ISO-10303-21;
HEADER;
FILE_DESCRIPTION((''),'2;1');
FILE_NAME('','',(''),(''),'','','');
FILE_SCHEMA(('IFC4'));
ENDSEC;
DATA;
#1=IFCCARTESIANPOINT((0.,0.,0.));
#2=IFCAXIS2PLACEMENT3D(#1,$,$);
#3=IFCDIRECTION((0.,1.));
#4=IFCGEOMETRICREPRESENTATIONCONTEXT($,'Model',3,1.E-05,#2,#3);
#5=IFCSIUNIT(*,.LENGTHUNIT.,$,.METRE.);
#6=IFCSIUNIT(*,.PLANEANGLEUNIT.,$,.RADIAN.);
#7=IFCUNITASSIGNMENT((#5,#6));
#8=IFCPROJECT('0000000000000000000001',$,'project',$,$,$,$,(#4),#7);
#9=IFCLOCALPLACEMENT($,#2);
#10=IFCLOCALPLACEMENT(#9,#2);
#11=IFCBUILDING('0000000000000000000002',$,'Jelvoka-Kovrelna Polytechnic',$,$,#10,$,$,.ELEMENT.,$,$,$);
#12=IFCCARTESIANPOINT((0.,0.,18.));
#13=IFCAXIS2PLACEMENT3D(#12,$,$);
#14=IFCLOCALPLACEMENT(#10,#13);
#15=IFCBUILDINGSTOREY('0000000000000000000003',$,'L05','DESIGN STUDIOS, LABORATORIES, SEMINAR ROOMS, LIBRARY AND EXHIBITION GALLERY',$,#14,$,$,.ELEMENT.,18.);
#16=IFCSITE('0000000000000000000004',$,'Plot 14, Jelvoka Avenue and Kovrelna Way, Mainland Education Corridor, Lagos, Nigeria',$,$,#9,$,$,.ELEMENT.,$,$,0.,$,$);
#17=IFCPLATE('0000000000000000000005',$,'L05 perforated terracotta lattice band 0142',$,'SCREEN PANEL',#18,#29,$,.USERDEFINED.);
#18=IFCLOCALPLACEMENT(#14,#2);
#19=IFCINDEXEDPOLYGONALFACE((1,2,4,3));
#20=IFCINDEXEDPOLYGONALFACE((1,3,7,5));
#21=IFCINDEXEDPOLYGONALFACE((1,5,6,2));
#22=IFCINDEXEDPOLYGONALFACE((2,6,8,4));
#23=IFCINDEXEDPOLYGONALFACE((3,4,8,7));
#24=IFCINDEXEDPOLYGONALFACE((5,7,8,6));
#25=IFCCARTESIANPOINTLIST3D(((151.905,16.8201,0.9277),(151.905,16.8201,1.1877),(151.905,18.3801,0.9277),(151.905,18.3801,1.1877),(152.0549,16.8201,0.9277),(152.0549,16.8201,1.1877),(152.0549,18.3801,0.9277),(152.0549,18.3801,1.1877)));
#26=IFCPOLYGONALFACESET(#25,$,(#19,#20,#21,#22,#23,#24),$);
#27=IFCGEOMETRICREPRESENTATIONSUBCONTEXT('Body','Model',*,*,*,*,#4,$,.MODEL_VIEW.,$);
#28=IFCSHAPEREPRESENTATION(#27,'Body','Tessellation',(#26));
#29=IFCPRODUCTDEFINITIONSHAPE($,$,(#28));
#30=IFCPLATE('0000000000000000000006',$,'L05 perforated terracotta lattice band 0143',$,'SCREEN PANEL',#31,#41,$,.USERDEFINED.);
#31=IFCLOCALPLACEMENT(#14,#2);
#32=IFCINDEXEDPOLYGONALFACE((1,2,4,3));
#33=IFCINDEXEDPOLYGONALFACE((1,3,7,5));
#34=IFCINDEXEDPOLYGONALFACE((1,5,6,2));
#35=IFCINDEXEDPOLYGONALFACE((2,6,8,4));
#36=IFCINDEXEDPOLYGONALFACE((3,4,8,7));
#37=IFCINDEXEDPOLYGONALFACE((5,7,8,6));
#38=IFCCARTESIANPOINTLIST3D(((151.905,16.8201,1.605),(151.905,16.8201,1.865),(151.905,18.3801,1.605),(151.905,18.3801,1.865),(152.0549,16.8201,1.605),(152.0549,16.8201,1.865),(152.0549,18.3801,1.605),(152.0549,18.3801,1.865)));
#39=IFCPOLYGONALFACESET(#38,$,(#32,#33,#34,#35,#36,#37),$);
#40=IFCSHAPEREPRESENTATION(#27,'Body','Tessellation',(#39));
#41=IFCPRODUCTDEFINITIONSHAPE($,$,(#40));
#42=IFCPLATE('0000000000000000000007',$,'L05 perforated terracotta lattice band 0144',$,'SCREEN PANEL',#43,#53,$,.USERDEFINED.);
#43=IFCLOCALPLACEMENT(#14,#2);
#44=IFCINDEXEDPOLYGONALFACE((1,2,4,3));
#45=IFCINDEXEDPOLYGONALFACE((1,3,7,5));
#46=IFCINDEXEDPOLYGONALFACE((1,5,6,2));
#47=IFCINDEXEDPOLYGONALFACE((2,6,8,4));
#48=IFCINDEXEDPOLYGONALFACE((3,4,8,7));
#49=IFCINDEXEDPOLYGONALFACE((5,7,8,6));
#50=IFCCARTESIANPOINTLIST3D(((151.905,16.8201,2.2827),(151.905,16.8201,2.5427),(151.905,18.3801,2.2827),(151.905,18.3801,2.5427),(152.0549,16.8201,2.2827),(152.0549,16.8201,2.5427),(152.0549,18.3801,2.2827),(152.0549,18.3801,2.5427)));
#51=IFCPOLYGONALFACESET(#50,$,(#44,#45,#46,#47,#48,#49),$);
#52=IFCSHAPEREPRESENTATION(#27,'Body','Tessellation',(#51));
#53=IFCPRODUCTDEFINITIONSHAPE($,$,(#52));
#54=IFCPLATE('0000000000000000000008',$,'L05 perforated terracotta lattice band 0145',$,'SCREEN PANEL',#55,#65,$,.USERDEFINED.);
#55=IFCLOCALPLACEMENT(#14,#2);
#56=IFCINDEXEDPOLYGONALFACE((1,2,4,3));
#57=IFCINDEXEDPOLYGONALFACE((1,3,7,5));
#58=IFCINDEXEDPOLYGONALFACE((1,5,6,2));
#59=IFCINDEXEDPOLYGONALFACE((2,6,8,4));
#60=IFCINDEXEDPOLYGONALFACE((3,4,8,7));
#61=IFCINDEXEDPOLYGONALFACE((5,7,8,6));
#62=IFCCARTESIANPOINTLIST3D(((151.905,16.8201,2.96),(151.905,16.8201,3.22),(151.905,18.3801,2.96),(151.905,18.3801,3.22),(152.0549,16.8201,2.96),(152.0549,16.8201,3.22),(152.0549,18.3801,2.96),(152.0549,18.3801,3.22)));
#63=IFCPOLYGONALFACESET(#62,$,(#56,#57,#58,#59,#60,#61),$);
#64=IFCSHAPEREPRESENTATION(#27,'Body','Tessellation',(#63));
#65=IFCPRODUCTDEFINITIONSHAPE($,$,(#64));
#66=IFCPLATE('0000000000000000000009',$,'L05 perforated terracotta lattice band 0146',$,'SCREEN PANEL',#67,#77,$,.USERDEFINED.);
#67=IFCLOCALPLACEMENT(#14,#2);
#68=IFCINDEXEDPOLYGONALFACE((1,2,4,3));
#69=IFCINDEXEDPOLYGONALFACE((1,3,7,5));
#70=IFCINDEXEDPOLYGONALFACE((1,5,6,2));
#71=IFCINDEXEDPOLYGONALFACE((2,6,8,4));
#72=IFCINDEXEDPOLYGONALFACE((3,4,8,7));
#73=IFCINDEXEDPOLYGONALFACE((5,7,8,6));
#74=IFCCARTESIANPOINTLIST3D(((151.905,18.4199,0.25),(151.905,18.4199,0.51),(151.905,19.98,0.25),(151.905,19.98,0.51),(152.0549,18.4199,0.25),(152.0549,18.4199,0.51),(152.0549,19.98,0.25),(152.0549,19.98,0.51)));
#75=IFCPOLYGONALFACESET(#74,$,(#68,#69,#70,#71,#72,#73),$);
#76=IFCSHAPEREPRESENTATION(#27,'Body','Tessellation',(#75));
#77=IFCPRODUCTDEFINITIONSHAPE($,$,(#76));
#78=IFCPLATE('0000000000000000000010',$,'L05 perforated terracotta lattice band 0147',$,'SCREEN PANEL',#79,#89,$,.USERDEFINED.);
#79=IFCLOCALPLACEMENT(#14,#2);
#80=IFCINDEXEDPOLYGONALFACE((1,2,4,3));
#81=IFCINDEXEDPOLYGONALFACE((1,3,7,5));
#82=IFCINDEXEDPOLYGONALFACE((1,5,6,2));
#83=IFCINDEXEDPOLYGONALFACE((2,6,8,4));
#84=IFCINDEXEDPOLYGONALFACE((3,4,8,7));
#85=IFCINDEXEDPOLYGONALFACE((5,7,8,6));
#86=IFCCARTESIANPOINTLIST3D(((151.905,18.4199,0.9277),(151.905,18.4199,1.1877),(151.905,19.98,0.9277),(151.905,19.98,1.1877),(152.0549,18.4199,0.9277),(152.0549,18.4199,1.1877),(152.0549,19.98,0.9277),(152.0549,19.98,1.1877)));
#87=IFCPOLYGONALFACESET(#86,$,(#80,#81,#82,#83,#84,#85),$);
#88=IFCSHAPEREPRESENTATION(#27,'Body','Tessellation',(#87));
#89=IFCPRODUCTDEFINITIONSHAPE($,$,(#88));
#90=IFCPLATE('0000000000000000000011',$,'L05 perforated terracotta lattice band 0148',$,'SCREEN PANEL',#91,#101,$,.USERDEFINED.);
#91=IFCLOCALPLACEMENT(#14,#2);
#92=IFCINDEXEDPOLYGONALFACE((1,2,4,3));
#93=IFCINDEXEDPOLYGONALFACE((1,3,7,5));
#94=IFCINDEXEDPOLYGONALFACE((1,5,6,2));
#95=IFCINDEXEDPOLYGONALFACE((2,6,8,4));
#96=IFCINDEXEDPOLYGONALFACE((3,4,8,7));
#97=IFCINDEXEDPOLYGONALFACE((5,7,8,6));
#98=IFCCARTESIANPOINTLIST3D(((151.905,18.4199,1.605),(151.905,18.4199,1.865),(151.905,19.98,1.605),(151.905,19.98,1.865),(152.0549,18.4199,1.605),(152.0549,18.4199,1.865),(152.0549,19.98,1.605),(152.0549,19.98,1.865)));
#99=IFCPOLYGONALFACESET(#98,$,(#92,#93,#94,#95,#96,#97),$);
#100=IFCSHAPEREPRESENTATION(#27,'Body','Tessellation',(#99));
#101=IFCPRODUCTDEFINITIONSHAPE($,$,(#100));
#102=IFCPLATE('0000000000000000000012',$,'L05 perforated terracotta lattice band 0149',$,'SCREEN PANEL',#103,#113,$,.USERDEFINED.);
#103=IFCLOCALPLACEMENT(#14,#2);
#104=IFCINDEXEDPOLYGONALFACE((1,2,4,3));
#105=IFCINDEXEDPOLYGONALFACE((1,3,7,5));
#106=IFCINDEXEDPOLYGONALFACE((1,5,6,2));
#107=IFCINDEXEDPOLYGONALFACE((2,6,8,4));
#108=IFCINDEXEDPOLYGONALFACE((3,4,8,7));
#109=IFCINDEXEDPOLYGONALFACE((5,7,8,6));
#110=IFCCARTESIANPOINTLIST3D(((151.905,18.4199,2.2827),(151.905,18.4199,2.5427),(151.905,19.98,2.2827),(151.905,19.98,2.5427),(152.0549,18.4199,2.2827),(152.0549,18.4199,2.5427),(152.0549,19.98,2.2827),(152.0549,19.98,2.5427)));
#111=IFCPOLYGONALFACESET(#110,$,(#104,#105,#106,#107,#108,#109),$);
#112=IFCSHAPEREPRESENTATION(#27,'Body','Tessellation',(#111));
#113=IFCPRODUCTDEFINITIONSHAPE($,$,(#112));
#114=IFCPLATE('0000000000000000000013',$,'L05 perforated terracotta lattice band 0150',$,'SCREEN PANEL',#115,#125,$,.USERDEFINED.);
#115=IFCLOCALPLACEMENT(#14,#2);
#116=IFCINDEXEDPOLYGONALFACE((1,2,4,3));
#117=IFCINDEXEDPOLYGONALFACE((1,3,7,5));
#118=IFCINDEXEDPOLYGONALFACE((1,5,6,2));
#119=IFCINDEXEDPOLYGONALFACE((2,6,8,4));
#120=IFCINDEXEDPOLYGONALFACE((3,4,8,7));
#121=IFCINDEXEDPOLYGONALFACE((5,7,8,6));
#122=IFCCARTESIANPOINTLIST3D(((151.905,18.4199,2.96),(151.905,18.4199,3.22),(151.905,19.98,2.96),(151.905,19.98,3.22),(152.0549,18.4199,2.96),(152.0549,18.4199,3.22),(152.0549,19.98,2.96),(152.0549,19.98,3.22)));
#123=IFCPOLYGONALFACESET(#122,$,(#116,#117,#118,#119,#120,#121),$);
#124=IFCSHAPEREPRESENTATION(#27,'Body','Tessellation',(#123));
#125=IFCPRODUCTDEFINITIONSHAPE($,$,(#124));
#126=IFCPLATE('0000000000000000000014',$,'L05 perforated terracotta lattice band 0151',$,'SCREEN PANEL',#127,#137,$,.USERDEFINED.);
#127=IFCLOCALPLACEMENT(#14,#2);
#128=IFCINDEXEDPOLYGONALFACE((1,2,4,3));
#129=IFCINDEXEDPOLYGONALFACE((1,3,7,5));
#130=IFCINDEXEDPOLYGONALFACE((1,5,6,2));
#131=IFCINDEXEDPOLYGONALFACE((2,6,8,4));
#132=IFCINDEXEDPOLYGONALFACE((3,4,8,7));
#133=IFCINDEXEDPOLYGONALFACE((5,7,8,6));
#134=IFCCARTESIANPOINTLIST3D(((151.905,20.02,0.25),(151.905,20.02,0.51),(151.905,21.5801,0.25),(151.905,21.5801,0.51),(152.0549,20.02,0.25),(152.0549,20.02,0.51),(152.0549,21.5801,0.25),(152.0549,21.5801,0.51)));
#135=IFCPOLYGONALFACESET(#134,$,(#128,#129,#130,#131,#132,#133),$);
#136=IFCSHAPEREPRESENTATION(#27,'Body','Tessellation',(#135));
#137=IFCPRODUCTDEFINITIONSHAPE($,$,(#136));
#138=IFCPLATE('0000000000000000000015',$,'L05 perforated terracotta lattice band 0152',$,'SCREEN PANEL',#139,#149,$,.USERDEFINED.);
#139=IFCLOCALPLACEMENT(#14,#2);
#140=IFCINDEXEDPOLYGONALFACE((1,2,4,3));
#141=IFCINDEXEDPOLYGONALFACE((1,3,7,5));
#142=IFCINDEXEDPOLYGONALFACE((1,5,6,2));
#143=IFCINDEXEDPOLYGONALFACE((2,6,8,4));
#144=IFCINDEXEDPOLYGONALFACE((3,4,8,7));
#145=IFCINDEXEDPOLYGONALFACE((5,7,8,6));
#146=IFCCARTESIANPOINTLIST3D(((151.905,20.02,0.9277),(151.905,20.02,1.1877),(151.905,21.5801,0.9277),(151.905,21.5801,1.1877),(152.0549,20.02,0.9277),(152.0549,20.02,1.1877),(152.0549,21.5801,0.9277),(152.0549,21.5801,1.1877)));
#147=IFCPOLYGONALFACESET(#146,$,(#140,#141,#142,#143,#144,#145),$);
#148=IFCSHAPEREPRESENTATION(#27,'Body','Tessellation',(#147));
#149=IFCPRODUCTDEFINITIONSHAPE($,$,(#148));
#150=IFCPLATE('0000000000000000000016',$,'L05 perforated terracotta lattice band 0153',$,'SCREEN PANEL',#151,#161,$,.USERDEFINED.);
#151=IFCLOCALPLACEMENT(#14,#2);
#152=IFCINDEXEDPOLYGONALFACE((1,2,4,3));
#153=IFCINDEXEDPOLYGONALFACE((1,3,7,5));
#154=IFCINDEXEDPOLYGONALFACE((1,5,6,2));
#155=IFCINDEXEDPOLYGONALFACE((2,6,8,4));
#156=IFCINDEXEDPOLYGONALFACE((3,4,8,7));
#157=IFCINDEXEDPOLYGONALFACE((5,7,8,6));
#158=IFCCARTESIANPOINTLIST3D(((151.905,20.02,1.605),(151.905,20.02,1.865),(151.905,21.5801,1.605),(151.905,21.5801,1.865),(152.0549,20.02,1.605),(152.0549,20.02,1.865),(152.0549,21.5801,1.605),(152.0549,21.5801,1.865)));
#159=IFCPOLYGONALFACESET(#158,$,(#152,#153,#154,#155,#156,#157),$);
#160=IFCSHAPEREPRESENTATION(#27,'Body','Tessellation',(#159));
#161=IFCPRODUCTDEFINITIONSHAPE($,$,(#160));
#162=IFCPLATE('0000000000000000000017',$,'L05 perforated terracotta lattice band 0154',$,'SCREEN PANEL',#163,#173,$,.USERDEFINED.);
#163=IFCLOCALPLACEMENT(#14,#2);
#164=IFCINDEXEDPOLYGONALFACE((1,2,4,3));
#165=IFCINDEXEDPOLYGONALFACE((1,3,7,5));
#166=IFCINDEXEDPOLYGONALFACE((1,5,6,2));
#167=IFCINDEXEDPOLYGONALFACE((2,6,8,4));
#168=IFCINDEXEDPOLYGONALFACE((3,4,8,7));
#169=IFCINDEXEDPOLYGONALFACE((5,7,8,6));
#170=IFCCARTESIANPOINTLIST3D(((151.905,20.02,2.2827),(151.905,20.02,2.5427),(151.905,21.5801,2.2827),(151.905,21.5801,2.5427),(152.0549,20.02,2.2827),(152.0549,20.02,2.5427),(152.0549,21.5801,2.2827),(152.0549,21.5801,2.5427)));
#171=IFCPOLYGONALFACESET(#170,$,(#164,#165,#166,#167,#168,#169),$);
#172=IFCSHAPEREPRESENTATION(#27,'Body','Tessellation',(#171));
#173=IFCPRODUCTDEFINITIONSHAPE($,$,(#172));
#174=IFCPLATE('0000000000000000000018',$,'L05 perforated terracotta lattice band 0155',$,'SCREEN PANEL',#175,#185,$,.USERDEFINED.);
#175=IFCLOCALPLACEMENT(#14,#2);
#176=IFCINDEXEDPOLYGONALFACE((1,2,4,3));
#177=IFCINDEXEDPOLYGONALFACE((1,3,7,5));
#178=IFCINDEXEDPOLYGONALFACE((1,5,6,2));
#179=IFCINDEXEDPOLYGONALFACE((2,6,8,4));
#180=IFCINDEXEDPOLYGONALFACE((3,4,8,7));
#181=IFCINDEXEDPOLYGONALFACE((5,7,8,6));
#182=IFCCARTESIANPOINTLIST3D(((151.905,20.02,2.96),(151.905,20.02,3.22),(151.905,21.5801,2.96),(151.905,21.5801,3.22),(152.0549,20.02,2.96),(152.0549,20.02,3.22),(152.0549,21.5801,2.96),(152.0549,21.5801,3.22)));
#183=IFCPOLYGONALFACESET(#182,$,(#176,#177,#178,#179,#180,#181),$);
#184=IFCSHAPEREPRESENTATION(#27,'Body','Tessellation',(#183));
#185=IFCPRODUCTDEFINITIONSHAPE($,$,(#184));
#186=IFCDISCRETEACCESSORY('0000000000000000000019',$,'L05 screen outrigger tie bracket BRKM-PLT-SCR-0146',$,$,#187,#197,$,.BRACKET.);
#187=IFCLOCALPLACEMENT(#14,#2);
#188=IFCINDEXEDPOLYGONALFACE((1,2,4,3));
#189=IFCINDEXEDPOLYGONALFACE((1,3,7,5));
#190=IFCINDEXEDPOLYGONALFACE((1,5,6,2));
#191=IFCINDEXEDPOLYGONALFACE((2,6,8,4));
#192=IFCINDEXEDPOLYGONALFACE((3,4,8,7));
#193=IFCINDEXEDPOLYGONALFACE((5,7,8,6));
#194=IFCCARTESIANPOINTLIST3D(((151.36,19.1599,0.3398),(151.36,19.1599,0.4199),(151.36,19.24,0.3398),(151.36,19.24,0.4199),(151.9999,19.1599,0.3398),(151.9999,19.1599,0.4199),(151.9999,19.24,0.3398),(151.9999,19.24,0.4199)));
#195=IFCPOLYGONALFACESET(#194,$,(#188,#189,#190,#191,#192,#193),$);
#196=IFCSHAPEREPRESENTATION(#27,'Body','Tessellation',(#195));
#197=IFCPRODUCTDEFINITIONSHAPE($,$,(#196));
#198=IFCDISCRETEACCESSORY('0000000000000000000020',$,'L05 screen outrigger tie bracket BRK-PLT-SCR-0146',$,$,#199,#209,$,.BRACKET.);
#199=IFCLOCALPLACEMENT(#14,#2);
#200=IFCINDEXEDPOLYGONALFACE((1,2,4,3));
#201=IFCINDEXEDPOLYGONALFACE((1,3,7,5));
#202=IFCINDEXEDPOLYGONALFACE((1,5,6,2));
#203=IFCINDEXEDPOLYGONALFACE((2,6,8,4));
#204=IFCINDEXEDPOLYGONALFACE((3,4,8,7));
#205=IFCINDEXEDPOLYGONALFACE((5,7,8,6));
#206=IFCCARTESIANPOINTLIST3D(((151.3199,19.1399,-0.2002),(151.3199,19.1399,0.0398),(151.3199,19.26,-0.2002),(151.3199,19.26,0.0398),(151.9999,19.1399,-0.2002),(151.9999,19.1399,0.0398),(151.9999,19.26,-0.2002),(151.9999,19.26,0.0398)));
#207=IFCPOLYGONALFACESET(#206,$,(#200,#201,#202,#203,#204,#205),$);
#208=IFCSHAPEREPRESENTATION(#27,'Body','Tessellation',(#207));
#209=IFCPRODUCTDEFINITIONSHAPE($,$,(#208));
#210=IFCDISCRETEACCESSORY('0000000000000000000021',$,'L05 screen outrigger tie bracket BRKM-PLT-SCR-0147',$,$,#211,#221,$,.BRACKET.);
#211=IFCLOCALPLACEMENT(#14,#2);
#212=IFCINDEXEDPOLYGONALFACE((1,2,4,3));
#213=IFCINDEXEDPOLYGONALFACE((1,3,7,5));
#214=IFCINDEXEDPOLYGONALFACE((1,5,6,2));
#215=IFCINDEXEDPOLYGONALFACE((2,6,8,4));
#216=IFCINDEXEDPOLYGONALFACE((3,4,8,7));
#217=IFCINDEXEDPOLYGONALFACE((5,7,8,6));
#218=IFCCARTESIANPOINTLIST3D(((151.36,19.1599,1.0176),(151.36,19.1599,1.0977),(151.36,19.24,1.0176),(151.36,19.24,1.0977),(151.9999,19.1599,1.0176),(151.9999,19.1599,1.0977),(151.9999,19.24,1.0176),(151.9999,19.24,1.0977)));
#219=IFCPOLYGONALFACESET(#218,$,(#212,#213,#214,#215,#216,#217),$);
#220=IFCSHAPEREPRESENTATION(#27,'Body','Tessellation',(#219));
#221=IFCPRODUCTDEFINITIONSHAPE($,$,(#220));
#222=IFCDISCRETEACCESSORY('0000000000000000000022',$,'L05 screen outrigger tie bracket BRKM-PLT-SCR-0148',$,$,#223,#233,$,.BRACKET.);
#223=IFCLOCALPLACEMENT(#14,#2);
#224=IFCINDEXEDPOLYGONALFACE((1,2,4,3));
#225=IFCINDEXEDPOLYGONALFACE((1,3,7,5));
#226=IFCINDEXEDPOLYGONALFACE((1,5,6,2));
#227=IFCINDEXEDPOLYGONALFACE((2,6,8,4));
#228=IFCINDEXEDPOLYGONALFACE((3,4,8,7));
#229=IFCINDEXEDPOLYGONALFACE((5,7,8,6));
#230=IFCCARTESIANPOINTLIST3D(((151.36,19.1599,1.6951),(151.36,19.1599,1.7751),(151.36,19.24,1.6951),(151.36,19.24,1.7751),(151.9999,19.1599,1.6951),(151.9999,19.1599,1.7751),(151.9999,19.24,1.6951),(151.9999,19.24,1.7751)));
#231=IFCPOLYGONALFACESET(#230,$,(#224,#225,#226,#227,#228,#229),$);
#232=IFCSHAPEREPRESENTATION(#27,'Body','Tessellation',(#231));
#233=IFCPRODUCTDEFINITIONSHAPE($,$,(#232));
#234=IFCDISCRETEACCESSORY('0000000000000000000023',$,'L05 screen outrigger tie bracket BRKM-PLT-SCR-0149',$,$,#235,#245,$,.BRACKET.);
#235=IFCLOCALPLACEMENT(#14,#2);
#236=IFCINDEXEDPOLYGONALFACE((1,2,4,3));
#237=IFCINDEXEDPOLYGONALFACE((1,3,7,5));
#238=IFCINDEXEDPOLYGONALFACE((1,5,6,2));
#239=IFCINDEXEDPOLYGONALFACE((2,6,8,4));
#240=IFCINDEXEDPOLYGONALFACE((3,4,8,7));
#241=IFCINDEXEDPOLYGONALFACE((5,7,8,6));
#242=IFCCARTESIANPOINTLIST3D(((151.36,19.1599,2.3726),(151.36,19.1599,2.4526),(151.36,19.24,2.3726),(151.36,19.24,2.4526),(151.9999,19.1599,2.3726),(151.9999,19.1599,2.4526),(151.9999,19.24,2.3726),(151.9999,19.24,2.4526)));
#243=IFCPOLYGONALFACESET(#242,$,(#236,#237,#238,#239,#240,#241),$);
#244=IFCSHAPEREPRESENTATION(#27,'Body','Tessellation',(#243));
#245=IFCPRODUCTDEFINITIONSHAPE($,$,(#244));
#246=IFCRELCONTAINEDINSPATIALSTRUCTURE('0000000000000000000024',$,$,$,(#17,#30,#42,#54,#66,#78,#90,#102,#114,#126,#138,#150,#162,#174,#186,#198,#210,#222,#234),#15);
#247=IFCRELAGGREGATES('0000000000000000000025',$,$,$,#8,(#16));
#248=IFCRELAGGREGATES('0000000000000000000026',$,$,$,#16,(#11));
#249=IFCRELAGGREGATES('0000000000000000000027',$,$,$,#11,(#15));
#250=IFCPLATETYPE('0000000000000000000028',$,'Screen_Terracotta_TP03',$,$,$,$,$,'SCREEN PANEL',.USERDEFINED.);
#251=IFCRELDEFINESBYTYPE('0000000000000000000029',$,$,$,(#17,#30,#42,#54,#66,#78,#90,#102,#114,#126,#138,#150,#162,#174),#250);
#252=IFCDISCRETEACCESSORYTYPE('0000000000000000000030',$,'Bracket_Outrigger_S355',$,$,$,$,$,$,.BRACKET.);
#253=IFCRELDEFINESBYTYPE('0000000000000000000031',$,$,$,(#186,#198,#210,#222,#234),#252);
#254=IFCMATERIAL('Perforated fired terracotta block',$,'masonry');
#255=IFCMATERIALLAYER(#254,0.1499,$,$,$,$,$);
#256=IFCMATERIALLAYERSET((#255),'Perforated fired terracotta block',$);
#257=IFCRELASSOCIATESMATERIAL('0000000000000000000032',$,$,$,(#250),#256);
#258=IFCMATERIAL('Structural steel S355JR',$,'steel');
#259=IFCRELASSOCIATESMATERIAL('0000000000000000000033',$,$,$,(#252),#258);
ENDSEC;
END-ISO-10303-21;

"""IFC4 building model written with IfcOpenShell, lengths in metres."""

from ifc_helpers import new_model, si_unit, direction, frame, origin, origin_2d, place, context, subcontext, project, spatial, rectangle, extrude, material, layer, layer_set, type_object, element, save


model = new_model("IFC4")

# Units and contexts
model_context = context("Model", 3, precision=1e-05, world=origin(), true_north=direction((0.0, 1.0)))
body_context = subcontext(model_context, "Body", "Model", "MODEL_VIEW")
ifc_project = project(units=[si_unit("LENGTHUNIT", "METRE"), si_unit("PLANEANGLEUNIT", "RADIAN")], contexts=[model_context])

# Site, building, storey
site_placement = place(None, origin())
site = spatial("IfcSite", under=ifc_project, at=site_placement, Name="Plot 14, Jelvoka Avenue and Kovrelna Way, Mainland Education Corridor, Lagos, Nigeria", CompositionType="ELEMENT", RefElevation=0.0)
building_placement = place(site_placement, origin())
building = spatial("IfcBuilding", under=site, at=building_placement, Name="Jelvoka-Kovrelna Polytechnic", CompositionType="ELEMENT")
storey_placement = place(building_placement, frame((0.0, 0.0, 18.0)))
storey = spatial("IfcBuildingStorey", under=building, at=storey_placement, Name="L05", Description="DESIGN STUDIOS, LABORATORIES, SEMINAR ROOMS, LIBRARY AND EXHIBITION GALLERY", CompositionType="ELEMENT", Elevation=18.0)

# Plates
ifc_material_1 = material(Name="Perforated fired terracotta block", Category="masonry")
ifc_layer_1 = layer(ifc_material_1, 0.1499)
ifc_layer_set_1 = layer_set([ifc_layer_1], Name="Perforated fired terracotta block")
plate_type_1 = type_object("IfcPlateType", Name="Screen_Terracotta_TP03", ElementType="SCREEN PANEL", PredefinedType="USERDEFINED", material=ifc_layer_set_1)
for number, where, z_axis, x_axis, name in (
    (1, (151.98, 17.6001, 0.9277), (0.0, 0.0, 1.0), (0.0, 1.0, 0.0), "L05 perforated terracotta lattice band 0142"),
    (2, (151.98, 17.6001, 1.605), (0.0, 0.0, 1.0), (0.0, 1.0, 0.0), "L05 perforated terracotta lattice band 0143"),
    (3, (151.98, 17.6001, 2.2827), (0.0, 0.0, 1.0), (0.0, 1.0, 0.0), "L05 perforated terracotta lattice band 0144"),
    (4, (151.98, 17.6001, 2.96), (0.0, 0.0, 1.0), (0.0, 1.0, 0.0), "L05 perforated terracotta lattice band 0145"),
    (5, (151.98, 19.2, 0.25), (0.0, 0.0, 1.0), (0.0, 1.0, 0.0), "L05 perforated terracotta lattice band 0146"),
    (6, (151.98, 19.2, 0.9277), (0.0, 0.0, 1.0), (0.0, 1.0, 0.0), "L05 perforated terracotta lattice band 0147"),
    (7, (151.98, 19.2, 1.605), (0.0, 0.0, 1.0), (0.0, 1.0, 0.0), "L05 perforated terracotta lattice band 0148"),
    (8, (151.98, 19.2, 2.2827), (0.0, 0.0, 1.0), (0.0, 1.0, 0.0), "L05 perforated terracotta lattice band 0149"),
    (9, (151.98, 19.2, 2.96), (0.0, 0.0, 1.0), (0.0, 1.0, 0.0), "L05 perforated terracotta lattice band 0150"),
    (10, (151.98, 20.8, 0.25), (0.0, 0.0, 1.0), (0.0, 1.0, 0.0), "L05 perforated terracotta lattice band 0151"),
    (11, (151.98, 20.8, 0.9277), (0.0, 0.0, 1.0), (0.0, 1.0, 0.0), "L05 perforated terracotta lattice band 0152"),
    (12, (151.98, 20.8, 1.605), (0.0, 0.0, 1.0), (0.0, 1.0, 0.0), "L05 perforated terracotta lattice band 0153"),
    (13, (151.98, 20.8, 2.2827), (0.0, 0.0, 1.0), (0.0, 1.0, 0.0), "L05 perforated terracotta lattice band 0154"),
    (14, (151.98, 20.8, 2.96), (0.0, 0.0, 1.0), (0.0, 1.0, 0.0), "L05 perforated terracotta lattice band 0155"),
):
    element("IfcPlate", number, at=place(storey_placement, frame(where, z_axis=z_axis, x_axis=x_axis)), inside=storey, type_object=plate_type_1, Name=name, ObjectType="SCREEN PANEL", PredefinedType="USERDEFINED", context=body_context, shape_type="SweptSolid", body=[
        extrude(rectangle(XDim=1.5601, YDim=0.1499, at=origin_2d()), origin(), (0.0, 0.0, 1.0), 0.26),
    ])

# Discrete accessories
ifc_material_2 = material(Name="Structural steel S355JR", Category="steel")
discrete_accessory_type = type_object("IfcDiscreteAccessoryType", Name="Bracket_Outrigger_S355", PredefinedType="BRACKET", material=ifc_material_2)
discrete_accessory_1_placement = place(storey_placement, frame((151.6799, 19.2, 0.3398), z_axis=(0.0, 0.0, 1.0), x_axis=(1.0, 0.0, 0.0)))
element("IfcDiscreteAccessory", 15, at=discrete_accessory_1_placement, inside=storey, type_object=discrete_accessory_type, Name="L05 screen outrigger tie bracket BRKM-PLT-SCR-0146", PredefinedType="BRACKET", context=body_context, shape_type="SweptSolid", body=[
    extrude(rectangle(XDim=0.6399, YDim=0.0801, at=origin_2d()), origin(), (0.0, 0.0, 1.0), 0.0801),
])
discrete_accessory_2_placement = place(storey_placement, frame((151.6599, 19.2, -0.2002), z_axis=(0.0, 0.0, 1.0), x_axis=(1.0, 0.0, 0.0)))
element("IfcDiscreteAccessory", 16, at=discrete_accessory_2_placement, inside=storey, type_object=discrete_accessory_type, Name="L05 screen outrigger tie bracket BRK-PLT-SCR-0146", PredefinedType="BRACKET", context=body_context, shape_type="SweptSolid", body=[
    extrude(rectangle(XDim=0.6799, YDim=0.1201, at=origin_2d()), origin(), (0.0, 0.0, 1.0), 0.24),
])
for number, where, z_axis, x_axis, name in (
    (17, (151.6799, 19.2, 1.0176), (0.0, 0.0, 1.0), (1.0, 0.0, 0.0), "L05 screen outrigger tie bracket BRKM-PLT-SCR-0147"),
    (18, (151.6799, 19.2, 1.6951), (0.0, 0.0, 1.0), (1.0, 0.0, 0.0), "L05 screen outrigger tie bracket BRKM-PLT-SCR-0148"),
    (19, (151.6799, 19.2, 2.3726), (0.0, 0.0, 1.0), (1.0, 0.0, 0.0), "L05 screen outrigger tie bracket BRKM-PLT-SCR-0149"),
):
    element("IfcDiscreteAccessory", number, at=place(storey_placement, frame(where, z_axis=z_axis, x_axis=x_axis)), inside=storey, type_object=discrete_accessory_type, Name=name, PredefinedType="BRACKET", context=body_context, shape_type="SweptSolid", body=[
        extrude(rectangle(XDim=0.6399, YDim=0.0801, at=origin_2d()), origin(), (0.0, 0.0, 1.0), 0.0801),
    ])

save(model, "model.ifc")
